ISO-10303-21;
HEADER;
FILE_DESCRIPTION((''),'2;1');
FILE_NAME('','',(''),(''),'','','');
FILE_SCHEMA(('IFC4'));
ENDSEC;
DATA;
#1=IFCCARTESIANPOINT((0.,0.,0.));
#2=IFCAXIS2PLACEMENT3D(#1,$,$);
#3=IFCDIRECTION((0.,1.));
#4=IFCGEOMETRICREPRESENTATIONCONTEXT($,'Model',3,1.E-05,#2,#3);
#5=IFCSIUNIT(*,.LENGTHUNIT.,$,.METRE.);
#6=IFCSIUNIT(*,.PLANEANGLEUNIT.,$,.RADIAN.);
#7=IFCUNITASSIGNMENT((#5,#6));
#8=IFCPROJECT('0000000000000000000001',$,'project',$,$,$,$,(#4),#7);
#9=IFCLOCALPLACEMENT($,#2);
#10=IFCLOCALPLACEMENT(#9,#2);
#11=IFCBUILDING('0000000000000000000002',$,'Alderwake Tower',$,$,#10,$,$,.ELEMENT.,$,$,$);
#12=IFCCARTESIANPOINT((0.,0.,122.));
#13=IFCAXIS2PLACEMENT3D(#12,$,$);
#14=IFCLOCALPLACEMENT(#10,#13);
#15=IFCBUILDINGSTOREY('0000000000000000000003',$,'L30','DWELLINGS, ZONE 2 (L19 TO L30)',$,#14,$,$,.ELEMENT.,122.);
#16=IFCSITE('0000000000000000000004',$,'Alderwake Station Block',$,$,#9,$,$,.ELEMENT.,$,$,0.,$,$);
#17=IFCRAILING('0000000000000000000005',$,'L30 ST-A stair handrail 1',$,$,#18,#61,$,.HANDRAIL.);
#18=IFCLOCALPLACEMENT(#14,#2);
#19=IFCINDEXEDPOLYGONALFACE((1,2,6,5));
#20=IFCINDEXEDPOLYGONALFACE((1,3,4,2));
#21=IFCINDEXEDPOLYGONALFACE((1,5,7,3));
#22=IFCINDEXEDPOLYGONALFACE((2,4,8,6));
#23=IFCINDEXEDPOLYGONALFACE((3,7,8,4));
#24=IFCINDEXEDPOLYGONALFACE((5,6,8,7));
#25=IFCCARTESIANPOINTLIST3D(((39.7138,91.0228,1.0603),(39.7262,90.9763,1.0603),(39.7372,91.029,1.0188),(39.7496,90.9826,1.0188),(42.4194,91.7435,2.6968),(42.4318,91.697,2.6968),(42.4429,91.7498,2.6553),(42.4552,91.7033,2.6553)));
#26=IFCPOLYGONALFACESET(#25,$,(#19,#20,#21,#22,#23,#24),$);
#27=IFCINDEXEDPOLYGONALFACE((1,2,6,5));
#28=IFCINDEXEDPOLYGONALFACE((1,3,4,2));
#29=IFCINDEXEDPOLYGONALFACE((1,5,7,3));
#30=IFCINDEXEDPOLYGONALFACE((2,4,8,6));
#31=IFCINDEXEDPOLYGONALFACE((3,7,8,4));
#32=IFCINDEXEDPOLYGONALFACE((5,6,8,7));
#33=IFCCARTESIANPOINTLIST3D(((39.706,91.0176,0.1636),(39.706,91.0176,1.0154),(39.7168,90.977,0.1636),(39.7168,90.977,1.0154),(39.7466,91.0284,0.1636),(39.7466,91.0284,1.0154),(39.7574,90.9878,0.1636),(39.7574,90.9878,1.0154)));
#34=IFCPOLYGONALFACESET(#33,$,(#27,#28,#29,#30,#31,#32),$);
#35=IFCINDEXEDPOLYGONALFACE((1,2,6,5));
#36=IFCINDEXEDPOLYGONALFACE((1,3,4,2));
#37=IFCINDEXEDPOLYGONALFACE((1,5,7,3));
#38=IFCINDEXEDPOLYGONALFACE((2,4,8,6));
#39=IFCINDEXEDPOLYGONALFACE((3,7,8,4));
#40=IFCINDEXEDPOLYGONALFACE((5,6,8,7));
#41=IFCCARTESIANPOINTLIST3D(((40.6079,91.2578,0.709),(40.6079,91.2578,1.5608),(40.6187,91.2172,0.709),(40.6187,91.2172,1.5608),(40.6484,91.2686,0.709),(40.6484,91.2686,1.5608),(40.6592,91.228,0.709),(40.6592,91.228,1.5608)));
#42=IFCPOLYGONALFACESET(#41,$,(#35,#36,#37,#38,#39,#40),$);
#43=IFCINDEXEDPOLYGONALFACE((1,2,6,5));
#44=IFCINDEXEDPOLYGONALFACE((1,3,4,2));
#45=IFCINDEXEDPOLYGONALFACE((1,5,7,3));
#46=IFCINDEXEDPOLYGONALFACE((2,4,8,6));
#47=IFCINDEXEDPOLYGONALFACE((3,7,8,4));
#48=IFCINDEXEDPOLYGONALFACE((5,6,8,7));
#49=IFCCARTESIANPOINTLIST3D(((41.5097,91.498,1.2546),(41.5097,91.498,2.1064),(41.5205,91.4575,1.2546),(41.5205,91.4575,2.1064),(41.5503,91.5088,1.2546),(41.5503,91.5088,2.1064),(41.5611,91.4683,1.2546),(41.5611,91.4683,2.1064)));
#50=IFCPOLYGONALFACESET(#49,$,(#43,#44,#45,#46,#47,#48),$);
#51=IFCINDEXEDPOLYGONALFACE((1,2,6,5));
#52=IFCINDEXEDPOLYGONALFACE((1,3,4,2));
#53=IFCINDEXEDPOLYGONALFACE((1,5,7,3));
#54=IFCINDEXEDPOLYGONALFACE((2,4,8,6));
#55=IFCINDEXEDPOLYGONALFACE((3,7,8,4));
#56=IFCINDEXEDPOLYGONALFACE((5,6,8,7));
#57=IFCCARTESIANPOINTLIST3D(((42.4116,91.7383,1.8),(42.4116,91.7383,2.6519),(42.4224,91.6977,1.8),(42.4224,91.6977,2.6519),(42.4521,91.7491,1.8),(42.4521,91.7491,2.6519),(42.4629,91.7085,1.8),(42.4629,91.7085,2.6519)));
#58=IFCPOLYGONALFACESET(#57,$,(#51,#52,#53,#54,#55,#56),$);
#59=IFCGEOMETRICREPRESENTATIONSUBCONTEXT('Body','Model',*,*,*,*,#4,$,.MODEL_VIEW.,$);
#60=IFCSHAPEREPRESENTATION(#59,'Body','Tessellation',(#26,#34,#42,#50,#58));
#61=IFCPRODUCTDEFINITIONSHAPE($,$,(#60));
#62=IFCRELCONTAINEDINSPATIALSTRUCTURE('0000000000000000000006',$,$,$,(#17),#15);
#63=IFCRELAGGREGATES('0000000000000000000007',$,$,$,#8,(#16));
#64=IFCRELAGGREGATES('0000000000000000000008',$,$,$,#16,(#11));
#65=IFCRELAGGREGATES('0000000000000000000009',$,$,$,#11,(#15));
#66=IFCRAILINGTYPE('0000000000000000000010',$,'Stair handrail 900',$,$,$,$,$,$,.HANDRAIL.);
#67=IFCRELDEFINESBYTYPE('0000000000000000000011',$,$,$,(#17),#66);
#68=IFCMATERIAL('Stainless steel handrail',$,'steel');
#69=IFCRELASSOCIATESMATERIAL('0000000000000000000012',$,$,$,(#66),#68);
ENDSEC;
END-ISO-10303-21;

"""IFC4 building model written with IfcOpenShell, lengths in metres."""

from ifc_helpers import new_model, si_unit, direction, frame, origin, origin_2d, place, context, subcontext, project, spatial, rectangle, extrude, material, type_object, element, save


model = new_model("IFC4")

# Units and contexts
model_context = context("Model", 3, precision=1e-05, world=origin(), true_north=direction((0.0, 1.0)))
body_context = subcontext(model_context, "Body", "Model", "MODEL_VIEW")
ifc_project = project(units=[si_unit("LENGTHUNIT", "METRE"), si_unit("PLANEANGLEUNIT", "RADIAN")], contexts=[model_context])

# Site, building, storey
site_placement = place(None, origin())
site = spatial("IfcSite", under=ifc_project, at=site_placement, Name="Alderwake Station Block", CompositionType="ELEMENT", RefElevation=0.0)
building_placement = place(site_placement, origin())
building = spatial("IfcBuilding", under=site, at=building_placement, Name="Alderwake Tower", CompositionType="ELEMENT")
storey_placement = place(building_placement, frame((0.0, 0.0, 122.0)))
storey = spatial("IfcBuildingStorey", under=building, at=storey_placement, Name="L30", Description="DWELLINGS, ZONE 2 (L19 TO L30)", CompositionType="ELEMENT", Elevation=122.0)

# Railing
ifc_material_1 = material(Name="Stainless steel handrail", Category="steel")
railing_type_1 = type_object("IfcRailingType", Name="Stair handrail 900", PredefinedType="HANDRAIL", material=ifc_material_1)
railing_1_placement = place(storey_placement, frame((39.7317, 91.0027, 0.1636)))
element("IfcRailing", 1, at=railing_1_placement, inside=storey, type_object=railing_type_1, Name="L30 ST-A stair handrail 1", PredefinedType="HANDRAIL", context=body_context, shape_type="SweptSolid", body=[
    extrude(rectangle(XDim=0.0481, YDim=0.0481, at=origin_2d()), frame((0.0, 0.0, 0.876), z_axis=(0.834259, 0.222228, 0.504605), x_axis=(-0.257402, 0.966304, 0.0)), (0.0, 0.0, 1.0), 3.2432),
    extrude(rectangle(XDim=0.042, YDim=0.042, at=origin_2d()), frame((0.0, 0.0, 0.0), z_axis=(0.0, 0.0, 1.0), x_axis=(0.966304, 0.257402, 0.0)), (0.0, 0.0, 1.0), 0.8518),
    extrude(rectangle(XDim=0.042, YDim=0.042, at=origin_2d()), frame((0.9019, 0.2402, 0.5454), z_axis=(0.0, 0.0, 1.0), x_axis=(0.966304, 0.257402, 0.0)), (0.0, 0.0, 1.0), 0.8518),
    extrude(rectangle(XDim=0.042, YDim=0.042, at=origin_2d()), frame((1.8037, 0.4805, 1.0911), z_axis=(0.0, 0.0, 1.0), x_axis=(0.966304, 0.257402, 0.0)), (0.0, 0.0, 1.0), 0.8518),
    extrude(rectangle(XDim=0.042, YDim=0.042, at=origin_2d()), frame((2.7056, 0.7207, 1.6365), z_axis=(0.0, 0.0, 1.0), x_axis=(0.966304, 0.257402, 0.0)), (0.0, 0.0, 1.0), 0.8518),
])

save(model, "model.ifc")
